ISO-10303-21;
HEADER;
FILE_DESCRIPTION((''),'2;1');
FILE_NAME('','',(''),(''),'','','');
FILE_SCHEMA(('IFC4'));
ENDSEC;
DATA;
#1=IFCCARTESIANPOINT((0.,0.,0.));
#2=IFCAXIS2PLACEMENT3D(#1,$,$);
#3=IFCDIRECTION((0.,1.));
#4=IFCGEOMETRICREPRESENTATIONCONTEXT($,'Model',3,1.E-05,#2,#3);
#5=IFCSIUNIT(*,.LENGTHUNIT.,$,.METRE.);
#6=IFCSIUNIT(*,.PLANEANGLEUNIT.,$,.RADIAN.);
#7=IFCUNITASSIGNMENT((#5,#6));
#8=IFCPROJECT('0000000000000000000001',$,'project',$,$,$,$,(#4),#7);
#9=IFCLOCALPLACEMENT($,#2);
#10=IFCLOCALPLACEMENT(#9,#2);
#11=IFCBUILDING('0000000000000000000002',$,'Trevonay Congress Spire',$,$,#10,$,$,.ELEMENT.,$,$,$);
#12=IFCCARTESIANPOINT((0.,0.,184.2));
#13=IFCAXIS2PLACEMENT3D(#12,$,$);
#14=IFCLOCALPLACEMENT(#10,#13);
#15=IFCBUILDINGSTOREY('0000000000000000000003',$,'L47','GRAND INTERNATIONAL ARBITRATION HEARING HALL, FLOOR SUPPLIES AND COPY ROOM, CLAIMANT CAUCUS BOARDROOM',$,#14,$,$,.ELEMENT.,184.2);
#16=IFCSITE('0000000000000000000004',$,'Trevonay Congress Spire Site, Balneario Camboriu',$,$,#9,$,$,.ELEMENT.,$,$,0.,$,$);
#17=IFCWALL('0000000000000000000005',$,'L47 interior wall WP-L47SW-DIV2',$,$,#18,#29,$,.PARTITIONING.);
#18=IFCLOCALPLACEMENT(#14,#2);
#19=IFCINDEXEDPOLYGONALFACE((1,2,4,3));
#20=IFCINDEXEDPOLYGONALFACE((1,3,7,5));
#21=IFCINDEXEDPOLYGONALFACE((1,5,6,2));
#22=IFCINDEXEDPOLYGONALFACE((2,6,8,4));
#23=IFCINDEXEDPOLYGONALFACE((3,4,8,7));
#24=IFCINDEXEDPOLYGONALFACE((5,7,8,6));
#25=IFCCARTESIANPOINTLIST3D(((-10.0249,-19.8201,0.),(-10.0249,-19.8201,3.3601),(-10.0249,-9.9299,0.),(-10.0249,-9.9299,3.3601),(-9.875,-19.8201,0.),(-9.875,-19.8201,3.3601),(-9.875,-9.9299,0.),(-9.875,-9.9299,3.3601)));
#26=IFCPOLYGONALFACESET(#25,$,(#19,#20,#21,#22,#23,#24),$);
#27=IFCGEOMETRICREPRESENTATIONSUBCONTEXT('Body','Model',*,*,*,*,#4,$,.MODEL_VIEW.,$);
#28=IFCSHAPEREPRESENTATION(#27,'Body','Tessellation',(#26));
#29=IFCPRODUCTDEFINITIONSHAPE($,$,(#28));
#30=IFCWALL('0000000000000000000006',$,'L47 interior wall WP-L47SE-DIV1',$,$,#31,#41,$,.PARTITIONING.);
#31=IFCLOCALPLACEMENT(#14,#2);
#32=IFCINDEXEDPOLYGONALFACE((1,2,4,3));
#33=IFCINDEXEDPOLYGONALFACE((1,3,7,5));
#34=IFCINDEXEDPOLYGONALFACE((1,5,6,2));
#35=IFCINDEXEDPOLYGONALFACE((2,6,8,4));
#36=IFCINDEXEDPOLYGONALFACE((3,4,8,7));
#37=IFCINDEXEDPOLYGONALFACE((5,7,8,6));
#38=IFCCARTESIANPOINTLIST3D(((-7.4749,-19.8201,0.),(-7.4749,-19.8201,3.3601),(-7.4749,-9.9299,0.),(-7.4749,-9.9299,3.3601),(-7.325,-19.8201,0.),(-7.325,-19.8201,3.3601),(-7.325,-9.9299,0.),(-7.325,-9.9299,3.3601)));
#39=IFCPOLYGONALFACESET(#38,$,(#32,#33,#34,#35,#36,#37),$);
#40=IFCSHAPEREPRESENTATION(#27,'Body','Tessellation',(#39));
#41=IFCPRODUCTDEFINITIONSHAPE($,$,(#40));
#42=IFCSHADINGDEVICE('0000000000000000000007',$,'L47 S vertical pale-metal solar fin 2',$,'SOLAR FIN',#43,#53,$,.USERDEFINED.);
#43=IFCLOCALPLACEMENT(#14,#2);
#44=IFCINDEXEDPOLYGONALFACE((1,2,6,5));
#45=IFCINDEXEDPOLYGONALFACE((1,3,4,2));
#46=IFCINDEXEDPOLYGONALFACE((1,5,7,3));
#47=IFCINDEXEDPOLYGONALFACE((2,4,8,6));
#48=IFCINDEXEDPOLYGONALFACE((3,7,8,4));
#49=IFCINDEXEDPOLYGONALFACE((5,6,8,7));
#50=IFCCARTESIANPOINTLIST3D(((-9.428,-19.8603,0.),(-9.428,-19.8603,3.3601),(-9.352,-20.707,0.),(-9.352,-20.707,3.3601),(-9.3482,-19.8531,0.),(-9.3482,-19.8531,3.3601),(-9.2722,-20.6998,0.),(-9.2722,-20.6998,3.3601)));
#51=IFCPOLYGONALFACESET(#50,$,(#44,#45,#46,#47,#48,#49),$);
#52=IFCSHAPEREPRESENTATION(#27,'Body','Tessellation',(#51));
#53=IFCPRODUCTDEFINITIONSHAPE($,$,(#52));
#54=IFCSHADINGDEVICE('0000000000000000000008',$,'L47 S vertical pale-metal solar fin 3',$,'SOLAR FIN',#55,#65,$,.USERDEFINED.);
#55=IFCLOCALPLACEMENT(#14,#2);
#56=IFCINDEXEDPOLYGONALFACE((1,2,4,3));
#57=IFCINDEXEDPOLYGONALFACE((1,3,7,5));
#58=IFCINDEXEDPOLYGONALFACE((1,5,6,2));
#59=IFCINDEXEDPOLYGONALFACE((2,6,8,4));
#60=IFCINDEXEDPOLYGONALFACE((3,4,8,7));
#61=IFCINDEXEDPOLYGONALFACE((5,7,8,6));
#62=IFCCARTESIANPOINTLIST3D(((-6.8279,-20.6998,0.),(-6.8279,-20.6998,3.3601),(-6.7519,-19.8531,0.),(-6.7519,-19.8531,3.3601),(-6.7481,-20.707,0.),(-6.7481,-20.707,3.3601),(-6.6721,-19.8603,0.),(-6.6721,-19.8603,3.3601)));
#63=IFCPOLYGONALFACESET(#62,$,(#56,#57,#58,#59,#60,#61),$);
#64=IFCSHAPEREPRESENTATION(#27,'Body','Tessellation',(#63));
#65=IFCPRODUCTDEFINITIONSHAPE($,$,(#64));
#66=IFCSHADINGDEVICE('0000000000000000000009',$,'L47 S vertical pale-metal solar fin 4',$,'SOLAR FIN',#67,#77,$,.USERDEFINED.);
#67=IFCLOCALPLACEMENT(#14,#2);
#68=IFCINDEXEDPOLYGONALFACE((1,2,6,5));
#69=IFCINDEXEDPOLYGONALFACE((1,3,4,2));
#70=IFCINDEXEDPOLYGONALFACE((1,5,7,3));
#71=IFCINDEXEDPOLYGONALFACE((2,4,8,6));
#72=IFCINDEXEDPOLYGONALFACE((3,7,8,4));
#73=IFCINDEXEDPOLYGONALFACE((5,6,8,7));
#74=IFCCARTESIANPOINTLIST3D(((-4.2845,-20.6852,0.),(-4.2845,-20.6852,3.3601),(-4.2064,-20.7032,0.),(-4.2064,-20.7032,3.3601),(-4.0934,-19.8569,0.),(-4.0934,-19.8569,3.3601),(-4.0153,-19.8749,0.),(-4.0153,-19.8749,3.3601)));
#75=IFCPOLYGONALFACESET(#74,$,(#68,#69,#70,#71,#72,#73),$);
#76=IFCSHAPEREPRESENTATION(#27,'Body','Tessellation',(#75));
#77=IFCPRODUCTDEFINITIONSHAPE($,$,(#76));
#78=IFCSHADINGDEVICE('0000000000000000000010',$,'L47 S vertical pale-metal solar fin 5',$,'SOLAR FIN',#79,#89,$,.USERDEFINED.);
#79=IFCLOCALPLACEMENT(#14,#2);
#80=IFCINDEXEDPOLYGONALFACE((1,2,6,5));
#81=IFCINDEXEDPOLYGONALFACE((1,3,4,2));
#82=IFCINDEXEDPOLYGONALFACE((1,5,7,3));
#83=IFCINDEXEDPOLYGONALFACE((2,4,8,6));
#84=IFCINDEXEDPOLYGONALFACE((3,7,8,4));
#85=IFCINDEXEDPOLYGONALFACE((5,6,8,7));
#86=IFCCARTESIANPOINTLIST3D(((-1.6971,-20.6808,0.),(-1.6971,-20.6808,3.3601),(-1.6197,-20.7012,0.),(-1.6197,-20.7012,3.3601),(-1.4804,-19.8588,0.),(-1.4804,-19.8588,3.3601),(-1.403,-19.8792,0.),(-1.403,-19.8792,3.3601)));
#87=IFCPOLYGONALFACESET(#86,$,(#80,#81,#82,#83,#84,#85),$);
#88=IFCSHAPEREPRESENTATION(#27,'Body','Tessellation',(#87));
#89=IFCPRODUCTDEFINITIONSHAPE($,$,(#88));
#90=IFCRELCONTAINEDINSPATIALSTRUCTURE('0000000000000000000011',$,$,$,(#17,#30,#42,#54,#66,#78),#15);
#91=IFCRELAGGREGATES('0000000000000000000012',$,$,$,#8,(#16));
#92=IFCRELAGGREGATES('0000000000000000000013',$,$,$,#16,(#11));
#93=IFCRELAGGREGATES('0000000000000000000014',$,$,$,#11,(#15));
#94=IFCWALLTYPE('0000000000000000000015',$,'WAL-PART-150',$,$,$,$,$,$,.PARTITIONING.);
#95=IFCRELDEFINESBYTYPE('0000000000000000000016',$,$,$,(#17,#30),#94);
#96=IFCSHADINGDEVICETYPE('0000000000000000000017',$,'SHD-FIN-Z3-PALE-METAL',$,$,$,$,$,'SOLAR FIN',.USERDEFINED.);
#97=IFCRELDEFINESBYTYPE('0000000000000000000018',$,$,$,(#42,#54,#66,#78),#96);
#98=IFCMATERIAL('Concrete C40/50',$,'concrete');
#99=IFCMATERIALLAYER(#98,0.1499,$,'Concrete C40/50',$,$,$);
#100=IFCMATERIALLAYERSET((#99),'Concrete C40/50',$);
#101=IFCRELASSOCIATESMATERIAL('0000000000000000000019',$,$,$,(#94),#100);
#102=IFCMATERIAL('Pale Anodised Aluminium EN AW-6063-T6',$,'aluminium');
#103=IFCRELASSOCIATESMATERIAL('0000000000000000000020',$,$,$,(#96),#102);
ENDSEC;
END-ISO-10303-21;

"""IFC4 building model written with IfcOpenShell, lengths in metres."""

from ifc_helpers import new_model, si_unit, direction, frame, frame_2d, origin, origin_2d, place, context, subcontext, project, spatial, rectangle, extrude, material, layer, layer_set, type_object, element, save


model = new_model("IFC4")

# Units and contexts
model_context = context("Model", 3, precision=1e-05, world=origin(), true_north=direction((0.0, 1.0)))
body_context = subcontext(model_context, "Body", "Model", "MODEL_VIEW")
ifc_project = project(units=[si_unit("LENGTHUNIT", "METRE"), si_unit("PLANEANGLEUNIT", "RADIAN")], contexts=[model_context])

# Site, building, storey
site_placement = place(None, origin())
site = spatial("IfcSite", under=ifc_project, at=site_placement, Name="Trevonay Congress Spire Site, Balneario Camboriu", CompositionType="ELEMENT", RefElevation=0.0)
building_placement = place(site_placement, origin())
building = spatial("IfcBuilding", under=site, at=building_placement, Name="Trevonay Congress Spire", CompositionType="ELEMENT")
storey_placement = place(building_placement, frame((0.0, 0.0, 184.2)))
storey = spatial("IfcBuildingStorey", under=building, at=storey_placement, Name="L47", Description="GRAND INTERNATIONAL ARBITRATION HEARING HALL, FLOOR SUPPLIES AND COPY ROOM, CLAIMANT CAUCUS BOARDROOM", CompositionType="ELEMENT", Elevation=184.2)

# Shared definitions
ifc_material_1 = material(Name="Pale Anodised Aluminium EN AW-6063-T6", Category="aluminium")

# Shared definitions
ifc_material_2 = material(Name="Concrete C40/50", Category="concrete")

# Walls
ifc_layer_1 = layer(ifc_material_2, 0.1499, Name="Concrete C40/50")
ifc_layer_set_1 = layer_set([ifc_layer_1], Name="Concrete C40/50")
wall_type_1 = type_object("IfcWallType", Name="WAL-PART-150", PredefinedType="PARTITIONING", material=ifc_layer_set_1)
for number, where, z_axis, x_axis, name in (
    (1, (-9.95, -19.8201, 0.0), (0.0, 0.0, 1.0), (0.0, 1.0, 0.0), "L47 interior wall WP-L47SW-DIV2"),
    (2, (-7.3999, -19.8201, 0.0), (0.0, 0.0, 1.0), (0.0, 1.0, 0.0), "L47 interior wall WP-L47SE-DIV1"),
):
    element("IfcWall", number, at=place(storey_placement, frame(where, z_axis=z_axis, x_axis=x_axis)), inside=storey, type_object=wall_type_1, Name=name, PredefinedType="PARTITIONING", context=body_context, shape_type="SweptSolid", body=[
        extrude(rectangle(XDim=9.8901, YDim=0.1499, at=frame_2d((4.9451, 0.0))), origin(), (0.0, 0.0, 1.0), 3.3601),
    ])

# Shading devices
shading_device_type = type_object("IfcShadingDeviceType", Name="SHD-FIN-Z3-PALE-METAL", ElementType="SOLAR FIN", PredefinedType="USERDEFINED", material=ifc_material_1)
for number, where, z_axis, x_axis, name in (
    (3, (-9.3501, -20.28, 0.0), (0.0, 0.0, 1.0), (0.995994, 0.089416, 0.0), "L47 S vertical pale-metal solar fin 2"),
    (4, (-6.75, -20.28, 0.0), (0.0, 0.0, 1.0), (0.995994, -0.089416, 0.0), "L47 S vertical pale-metal solar fin 3"),
    (5, (-4.1499, -20.28, 0.0), (0.0, 0.0, 1.0), (0.974409, -0.224781, 0.0), "L47 S vertical pale-metal solar fin 4"),
    (6, (-1.55, -20.28, 0.0), (0.0, 0.0, 1.0), (0.966957, -0.254939, 0.0), "L47 S vertical pale-metal solar fin 5"),
):
    element("IfcShadingDevice", number, at=place(storey_placement, frame(where, z_axis=z_axis, x_axis=x_axis)), inside=storey, type_object=shading_device_type, Name=name, ObjectType="SOLAR FIN", PredefinedType="USERDEFINED", context=body_context, shape_type="SweptSolid", body=[
        extrude(rectangle(XDim=0.0801, YDim=0.8501, at=origin_2d()), origin(), (0.0, 0.0, 1.0), 3.3601),
    ])

save(model, "model.ifc")
